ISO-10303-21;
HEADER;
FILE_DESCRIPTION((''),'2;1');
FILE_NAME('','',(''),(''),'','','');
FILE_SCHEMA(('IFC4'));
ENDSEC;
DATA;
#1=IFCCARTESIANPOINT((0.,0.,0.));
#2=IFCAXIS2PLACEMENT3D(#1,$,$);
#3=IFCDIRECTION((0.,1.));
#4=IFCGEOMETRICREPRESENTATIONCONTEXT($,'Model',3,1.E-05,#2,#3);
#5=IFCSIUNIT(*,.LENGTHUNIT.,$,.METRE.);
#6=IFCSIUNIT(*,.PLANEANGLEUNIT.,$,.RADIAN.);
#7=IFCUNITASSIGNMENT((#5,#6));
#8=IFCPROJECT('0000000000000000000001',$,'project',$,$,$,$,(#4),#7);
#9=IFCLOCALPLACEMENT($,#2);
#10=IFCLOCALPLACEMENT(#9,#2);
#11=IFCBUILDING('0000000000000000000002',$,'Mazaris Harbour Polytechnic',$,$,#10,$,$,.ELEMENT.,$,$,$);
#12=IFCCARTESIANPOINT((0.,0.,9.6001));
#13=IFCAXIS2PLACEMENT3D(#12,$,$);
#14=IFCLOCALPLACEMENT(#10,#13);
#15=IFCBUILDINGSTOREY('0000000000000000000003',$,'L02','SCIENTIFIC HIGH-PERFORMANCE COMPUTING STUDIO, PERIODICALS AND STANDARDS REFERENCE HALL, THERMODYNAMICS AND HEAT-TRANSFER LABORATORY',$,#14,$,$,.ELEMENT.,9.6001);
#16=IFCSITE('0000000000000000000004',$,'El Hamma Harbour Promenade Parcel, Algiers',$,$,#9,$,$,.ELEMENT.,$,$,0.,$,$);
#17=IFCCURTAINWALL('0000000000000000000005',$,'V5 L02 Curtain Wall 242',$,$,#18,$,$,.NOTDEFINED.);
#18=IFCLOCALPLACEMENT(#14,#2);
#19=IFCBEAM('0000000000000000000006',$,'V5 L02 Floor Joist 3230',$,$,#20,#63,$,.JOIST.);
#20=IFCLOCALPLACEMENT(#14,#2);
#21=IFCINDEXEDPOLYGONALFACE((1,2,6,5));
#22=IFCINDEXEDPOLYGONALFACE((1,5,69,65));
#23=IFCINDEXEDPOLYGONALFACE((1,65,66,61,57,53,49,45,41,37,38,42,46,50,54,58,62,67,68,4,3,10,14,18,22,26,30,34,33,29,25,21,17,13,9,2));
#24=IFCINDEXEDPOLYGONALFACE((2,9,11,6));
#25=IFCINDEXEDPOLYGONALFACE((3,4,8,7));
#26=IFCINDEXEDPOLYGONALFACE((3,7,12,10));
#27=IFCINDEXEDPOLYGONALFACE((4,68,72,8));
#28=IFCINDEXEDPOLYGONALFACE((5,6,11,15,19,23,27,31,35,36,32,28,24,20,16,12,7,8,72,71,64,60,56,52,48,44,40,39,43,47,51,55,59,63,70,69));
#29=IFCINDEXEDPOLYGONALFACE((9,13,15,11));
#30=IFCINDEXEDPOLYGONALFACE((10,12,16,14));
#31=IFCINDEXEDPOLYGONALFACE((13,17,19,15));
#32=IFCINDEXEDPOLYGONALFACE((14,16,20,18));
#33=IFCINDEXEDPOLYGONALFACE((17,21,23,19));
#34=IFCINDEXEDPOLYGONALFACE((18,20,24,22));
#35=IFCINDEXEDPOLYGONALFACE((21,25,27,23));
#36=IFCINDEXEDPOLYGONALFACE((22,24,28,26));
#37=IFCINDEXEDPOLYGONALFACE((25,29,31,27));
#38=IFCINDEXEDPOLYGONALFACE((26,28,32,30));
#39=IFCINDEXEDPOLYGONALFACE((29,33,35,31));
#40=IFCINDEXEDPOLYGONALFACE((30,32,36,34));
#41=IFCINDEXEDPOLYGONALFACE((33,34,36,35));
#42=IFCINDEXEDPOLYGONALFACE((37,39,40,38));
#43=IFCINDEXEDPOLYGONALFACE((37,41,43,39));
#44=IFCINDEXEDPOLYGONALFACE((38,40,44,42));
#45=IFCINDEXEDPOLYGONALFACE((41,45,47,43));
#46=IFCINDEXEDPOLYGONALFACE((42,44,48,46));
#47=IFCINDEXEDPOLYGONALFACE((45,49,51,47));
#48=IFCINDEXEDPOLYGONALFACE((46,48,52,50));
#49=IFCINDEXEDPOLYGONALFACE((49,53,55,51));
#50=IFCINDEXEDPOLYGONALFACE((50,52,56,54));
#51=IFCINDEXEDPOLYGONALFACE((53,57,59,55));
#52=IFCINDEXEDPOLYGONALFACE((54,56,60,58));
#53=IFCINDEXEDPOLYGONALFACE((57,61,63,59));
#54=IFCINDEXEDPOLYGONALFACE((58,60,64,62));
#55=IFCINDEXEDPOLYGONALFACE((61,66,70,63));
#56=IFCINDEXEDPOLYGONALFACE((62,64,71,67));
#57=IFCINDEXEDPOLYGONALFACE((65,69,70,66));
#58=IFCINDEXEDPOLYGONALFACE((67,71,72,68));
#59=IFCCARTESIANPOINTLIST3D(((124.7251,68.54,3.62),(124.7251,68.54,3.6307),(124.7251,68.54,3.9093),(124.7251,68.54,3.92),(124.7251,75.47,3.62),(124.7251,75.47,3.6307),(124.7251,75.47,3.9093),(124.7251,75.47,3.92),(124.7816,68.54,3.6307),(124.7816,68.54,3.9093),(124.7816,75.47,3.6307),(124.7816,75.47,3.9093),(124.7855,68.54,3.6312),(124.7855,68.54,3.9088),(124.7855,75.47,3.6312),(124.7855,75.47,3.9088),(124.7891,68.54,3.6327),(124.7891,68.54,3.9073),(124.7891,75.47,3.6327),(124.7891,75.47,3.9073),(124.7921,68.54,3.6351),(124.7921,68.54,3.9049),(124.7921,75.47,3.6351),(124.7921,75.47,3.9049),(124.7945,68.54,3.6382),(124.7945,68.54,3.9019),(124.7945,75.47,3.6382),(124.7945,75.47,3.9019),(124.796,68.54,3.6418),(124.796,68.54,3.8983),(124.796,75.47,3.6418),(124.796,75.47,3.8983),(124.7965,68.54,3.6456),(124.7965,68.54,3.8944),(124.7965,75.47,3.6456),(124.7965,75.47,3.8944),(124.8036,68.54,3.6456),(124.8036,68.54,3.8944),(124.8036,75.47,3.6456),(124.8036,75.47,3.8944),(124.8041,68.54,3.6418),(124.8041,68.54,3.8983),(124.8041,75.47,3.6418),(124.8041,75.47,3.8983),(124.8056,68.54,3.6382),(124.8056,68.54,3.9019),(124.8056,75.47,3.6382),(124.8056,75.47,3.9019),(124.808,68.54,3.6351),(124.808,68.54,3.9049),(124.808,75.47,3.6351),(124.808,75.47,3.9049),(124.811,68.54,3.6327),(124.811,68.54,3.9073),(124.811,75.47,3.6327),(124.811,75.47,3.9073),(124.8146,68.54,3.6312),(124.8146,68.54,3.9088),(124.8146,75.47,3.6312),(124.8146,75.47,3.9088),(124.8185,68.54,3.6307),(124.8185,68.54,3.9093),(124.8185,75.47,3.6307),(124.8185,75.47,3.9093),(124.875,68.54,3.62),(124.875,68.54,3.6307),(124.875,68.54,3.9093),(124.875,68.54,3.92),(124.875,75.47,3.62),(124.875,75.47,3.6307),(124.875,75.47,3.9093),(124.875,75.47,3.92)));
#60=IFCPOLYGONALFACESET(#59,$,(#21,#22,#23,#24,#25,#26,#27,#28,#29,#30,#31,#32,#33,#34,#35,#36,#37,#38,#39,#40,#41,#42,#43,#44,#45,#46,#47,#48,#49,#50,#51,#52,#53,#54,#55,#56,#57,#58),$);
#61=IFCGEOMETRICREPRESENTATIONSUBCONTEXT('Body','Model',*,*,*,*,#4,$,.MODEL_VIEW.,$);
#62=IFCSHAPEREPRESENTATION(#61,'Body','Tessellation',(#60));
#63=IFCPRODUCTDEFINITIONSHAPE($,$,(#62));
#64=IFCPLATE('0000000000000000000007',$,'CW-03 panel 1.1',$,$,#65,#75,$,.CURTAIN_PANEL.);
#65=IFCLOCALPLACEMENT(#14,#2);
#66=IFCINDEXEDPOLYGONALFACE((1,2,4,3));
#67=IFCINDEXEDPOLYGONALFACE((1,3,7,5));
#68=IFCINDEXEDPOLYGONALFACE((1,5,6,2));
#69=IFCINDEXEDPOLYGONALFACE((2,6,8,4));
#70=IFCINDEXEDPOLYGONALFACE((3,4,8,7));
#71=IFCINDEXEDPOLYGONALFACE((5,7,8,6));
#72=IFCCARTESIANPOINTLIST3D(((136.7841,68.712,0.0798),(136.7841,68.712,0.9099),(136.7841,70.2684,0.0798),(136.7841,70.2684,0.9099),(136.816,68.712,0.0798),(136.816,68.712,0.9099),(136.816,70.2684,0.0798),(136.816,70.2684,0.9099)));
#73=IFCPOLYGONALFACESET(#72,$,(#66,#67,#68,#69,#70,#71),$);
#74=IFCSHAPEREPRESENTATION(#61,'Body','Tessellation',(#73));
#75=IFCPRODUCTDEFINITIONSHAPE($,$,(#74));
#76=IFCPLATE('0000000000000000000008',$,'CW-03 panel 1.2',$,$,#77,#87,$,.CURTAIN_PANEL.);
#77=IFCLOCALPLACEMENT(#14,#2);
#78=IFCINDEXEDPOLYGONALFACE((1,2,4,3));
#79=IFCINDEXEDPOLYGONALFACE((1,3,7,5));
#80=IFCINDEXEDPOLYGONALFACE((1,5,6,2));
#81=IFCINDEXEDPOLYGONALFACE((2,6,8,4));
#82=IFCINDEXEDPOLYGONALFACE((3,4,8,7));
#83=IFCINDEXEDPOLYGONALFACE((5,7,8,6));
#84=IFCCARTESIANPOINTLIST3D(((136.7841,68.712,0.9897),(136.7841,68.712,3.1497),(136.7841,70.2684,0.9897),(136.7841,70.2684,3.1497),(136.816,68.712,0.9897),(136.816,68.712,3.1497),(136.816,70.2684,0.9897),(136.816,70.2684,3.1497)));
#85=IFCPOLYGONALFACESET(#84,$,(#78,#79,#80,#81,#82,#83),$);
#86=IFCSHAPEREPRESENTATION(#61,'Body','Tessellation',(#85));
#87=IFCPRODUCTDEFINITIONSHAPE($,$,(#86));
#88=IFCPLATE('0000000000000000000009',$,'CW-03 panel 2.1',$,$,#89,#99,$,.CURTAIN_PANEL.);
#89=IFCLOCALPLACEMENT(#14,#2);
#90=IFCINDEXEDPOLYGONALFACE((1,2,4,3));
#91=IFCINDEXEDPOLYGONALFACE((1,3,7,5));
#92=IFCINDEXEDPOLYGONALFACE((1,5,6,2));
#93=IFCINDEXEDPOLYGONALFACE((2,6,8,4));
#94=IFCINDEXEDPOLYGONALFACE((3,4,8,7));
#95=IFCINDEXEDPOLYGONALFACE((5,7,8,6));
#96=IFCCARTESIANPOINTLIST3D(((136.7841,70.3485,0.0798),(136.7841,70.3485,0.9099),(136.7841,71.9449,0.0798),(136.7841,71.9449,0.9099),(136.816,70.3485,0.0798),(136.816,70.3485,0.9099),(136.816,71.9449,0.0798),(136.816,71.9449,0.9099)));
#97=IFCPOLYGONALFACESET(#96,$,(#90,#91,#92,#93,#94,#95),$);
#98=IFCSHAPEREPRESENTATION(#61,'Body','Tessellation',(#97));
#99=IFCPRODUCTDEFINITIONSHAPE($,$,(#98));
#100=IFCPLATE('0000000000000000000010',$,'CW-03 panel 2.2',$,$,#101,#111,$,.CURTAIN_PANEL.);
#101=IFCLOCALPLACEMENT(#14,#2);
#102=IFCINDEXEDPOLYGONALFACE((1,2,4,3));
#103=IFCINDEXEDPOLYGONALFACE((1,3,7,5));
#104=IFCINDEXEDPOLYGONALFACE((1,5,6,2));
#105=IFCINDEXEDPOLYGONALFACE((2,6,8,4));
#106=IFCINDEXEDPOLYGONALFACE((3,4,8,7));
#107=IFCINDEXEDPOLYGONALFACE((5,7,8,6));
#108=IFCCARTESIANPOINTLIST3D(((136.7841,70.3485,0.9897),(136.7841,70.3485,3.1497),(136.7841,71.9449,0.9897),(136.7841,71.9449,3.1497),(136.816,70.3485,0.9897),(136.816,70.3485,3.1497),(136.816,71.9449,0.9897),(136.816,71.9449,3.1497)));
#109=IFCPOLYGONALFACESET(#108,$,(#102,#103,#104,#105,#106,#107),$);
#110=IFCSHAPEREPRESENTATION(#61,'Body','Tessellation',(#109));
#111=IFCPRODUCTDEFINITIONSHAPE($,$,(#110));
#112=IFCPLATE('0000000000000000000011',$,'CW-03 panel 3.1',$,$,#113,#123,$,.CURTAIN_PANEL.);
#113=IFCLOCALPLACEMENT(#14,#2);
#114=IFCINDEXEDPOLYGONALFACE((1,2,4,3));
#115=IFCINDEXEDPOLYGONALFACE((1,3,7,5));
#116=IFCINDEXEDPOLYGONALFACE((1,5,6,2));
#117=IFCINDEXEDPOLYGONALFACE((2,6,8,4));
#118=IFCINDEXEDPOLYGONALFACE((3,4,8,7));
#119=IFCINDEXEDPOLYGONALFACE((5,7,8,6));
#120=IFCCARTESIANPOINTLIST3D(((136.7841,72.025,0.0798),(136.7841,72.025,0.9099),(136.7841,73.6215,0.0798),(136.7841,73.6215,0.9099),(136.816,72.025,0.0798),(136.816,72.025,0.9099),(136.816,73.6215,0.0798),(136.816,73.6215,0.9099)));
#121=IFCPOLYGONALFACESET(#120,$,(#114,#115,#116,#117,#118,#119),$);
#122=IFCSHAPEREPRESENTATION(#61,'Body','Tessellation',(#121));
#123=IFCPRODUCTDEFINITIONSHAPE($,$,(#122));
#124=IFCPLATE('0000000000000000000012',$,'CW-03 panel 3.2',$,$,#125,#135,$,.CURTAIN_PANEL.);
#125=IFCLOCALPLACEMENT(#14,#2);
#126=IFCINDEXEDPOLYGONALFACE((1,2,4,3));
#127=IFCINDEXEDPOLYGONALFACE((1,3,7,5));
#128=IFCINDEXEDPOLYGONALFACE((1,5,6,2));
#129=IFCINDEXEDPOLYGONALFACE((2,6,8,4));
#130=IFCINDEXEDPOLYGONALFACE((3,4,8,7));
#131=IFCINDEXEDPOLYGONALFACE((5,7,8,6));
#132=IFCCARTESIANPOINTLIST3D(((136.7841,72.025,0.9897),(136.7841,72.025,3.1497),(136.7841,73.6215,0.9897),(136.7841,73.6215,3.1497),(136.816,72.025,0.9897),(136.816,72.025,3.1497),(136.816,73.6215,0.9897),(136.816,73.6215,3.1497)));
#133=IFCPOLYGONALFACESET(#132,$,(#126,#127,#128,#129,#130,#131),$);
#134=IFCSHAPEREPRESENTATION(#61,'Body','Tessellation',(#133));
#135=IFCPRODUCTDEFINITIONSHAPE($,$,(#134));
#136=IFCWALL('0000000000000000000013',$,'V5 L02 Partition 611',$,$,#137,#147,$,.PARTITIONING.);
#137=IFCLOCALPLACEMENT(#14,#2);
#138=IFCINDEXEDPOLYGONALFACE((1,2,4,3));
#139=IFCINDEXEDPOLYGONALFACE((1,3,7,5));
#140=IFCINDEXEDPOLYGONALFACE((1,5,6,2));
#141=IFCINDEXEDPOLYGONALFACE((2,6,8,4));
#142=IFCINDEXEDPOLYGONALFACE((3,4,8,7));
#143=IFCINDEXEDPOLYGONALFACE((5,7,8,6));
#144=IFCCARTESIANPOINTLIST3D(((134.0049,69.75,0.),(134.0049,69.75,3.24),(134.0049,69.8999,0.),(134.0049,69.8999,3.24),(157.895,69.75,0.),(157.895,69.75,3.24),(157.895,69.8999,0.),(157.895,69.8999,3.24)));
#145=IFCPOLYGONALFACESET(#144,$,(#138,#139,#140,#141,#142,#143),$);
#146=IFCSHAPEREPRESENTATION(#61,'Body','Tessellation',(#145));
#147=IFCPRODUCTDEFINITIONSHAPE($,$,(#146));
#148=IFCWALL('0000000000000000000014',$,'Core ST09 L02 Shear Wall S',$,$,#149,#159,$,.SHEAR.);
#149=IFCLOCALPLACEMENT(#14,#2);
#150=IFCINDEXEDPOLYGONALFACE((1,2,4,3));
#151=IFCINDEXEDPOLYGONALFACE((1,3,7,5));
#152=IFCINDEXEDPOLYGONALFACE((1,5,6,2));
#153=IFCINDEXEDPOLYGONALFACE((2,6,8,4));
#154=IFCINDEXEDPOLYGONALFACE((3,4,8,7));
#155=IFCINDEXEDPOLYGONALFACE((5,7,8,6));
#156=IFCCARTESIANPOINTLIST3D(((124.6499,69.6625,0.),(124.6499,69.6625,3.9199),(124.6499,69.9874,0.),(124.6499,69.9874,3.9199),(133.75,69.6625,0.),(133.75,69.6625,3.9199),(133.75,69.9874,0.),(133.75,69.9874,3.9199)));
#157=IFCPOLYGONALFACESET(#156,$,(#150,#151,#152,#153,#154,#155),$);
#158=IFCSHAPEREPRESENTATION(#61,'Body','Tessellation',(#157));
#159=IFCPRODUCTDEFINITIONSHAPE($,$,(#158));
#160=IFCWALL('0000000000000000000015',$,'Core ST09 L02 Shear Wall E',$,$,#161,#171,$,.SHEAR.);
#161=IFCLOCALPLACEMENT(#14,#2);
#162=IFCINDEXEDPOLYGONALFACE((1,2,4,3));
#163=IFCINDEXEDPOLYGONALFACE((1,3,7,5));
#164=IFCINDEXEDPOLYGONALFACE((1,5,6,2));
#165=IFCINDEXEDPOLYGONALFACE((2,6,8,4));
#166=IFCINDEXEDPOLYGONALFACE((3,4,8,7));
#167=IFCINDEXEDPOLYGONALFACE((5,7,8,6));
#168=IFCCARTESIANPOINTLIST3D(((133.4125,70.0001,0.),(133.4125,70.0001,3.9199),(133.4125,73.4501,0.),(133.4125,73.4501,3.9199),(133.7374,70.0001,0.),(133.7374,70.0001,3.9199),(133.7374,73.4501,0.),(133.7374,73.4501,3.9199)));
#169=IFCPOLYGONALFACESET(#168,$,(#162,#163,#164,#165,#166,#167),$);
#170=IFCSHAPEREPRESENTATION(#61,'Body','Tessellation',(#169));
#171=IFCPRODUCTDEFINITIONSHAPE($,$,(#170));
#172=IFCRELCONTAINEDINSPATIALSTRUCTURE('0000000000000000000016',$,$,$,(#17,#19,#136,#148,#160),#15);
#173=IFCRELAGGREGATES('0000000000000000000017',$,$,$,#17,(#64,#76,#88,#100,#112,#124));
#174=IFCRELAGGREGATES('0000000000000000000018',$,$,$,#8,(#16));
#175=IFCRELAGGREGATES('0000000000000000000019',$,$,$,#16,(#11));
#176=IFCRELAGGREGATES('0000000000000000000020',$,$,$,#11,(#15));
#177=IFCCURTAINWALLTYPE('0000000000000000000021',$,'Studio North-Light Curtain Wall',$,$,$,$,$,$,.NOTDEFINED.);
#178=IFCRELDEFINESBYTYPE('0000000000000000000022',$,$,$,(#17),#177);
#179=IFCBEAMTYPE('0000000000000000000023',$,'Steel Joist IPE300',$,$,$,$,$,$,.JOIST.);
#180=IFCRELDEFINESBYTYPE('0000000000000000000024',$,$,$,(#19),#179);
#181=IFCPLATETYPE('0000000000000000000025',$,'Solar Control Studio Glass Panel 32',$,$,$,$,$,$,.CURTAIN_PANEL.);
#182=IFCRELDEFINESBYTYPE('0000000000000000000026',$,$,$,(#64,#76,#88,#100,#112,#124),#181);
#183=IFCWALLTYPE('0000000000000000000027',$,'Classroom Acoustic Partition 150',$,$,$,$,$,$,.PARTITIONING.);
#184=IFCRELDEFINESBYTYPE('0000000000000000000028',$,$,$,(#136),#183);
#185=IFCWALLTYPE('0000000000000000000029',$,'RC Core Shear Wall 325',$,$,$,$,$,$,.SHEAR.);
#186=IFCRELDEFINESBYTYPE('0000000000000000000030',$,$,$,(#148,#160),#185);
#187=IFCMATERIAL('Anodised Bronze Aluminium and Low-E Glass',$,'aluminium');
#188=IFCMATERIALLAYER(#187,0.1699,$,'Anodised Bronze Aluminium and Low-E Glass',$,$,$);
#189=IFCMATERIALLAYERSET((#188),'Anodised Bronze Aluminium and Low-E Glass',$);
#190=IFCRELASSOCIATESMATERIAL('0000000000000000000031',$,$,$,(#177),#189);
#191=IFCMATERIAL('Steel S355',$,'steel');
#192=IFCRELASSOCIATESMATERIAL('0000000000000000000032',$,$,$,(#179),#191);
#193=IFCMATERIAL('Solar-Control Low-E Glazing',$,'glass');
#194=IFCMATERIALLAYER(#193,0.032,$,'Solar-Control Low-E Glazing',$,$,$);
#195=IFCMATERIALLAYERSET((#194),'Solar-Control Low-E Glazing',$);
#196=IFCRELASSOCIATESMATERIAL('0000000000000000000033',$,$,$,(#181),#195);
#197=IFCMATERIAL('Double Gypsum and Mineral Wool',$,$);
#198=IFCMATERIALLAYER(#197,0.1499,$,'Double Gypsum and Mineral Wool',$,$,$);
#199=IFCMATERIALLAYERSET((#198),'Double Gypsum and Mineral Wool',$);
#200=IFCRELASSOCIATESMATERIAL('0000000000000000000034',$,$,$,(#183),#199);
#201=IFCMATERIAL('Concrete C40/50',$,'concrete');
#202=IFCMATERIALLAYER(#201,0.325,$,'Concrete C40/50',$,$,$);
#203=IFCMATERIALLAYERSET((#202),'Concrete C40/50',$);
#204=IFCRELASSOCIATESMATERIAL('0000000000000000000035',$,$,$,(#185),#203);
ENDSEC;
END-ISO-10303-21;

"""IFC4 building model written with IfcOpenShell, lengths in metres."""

from ifc_helpers import new_model, si_unit, direction, frame, frame_2d, origin, origin_2d, place, context, subcontext, project, spatial, rectangle, i_section, extrude, material, layer, layer_set, material_profile, profile_set, type_object, element, aggregate, save


model = new_model("IFC4")

# Units and contexts
model_context = context("Model", 3, precision=1e-05, world=origin(), true_north=direction((0.0, 1.0)))
body_context = subcontext(model_context, "Body", "Model", "MODEL_VIEW")
ifc_project = project(units=[si_unit("LENGTHUNIT", "METRE"), si_unit("PLANEANGLEUNIT", "RADIAN")], contexts=[model_context])

# Site, building, storey
site_placement = place(None, origin())
site = spatial("IfcSite", under=ifc_project, at=site_placement, Name="El Hamma Harbour Promenade Parcel, Algiers", CompositionType="ELEMENT", RefElevation=0.0)
building_placement = place(site_placement, origin())
building = spatial("IfcBuilding", under=site, at=building_placement, Name="Mazaris Harbour Polytechnic", CompositionType="ELEMENT")
storey_placement = place(building_placement, frame((0.0, 0.0, 9.6001)))
storey = spatial("IfcBuildingStorey", under=building, at=storey_placement, Name="L02", Description="SCIENTIFIC HIGH-PERFORMANCE COMPUTING STUDIO, PERIODICALS AND STANDARDS REFERENCE HALL, THERMODYNAMICS AND HEAT-TRANSFER LABORATORY", CompositionType="ELEMENT", Elevation=9.6001)

# Curtain wall
ifc_material_1 = material(Name="Anodised Bronze Aluminium and Low-E Glass", Category="aluminium")
ifc_layer_1 = layer(ifc_material_1, 0.1699, Name="Anodised Bronze Aluminium and Low-E Glass")
ifc_layer_set_1 = layer_set([ifc_layer_1], Name="Anodised Bronze Aluminium and Low-E Glass")
curtain_wall_type = type_object("IfcCurtainWallType", Name="Studio North-Light Curtain Wall", PredefinedType="NOTDEFINED", material=ifc_layer_set_1)
curtain_wall_placement = place(storey_placement, origin())
curtain_wall = element("IfcCurtainWall", 1, at=curtain_wall_placement, inside=storey, type_object=curtain_wall_type, Name="V5 L02 Curtain Wall 242", PredefinedType="NOTDEFINED")

# Beam
ifc_material_2 = material(Name="Steel S355", Category="steel")
ifc_material_profile_1 = material_profile(ifc_material_2, i_section(OverallWidth=0.1499, OverallDepth=0.3, WebThickness=0.0071, FlangeThickness=0.0107, FilletRadius=0.0149, at=origin_2d()), Name="IPE 300")
ifc_profile_set_1 = profile_set([ifc_material_profile_1], Name="Steel S355")
beam_type_1 = type_object("IfcBeamType", Name="Steel Joist IPE300", PredefinedType="JOIST", material=ifc_profile_set_1)
beam_1_placement = place(storey_placement, frame((124.8, 68.54, 3.77), z_axis=(0.0, 1.0, 0.0), x_axis=(-1.0, 0.0, 0.0)))
element("IfcBeam", 2, at=beam_1_placement, inside=storey, type_object=beam_type_1, Name="V5 L02 Floor Joist 3230", PredefinedType="JOIST", context=body_context, shape_type="SweptSolid", body=[
    extrude(i_section(OverallWidth=0.1499, OverallDepth=0.3, WebThickness=0.0071, FlangeThickness=0.0107, FilletRadius=0.0149, at=origin_2d()), origin(), (0.0, 0.0, 1.0), 6.9299),
])

# Plates
ifc_material_3 = material(Name="Solar-Control Low-E Glazing", Category="glass")
ifc_layer_2 = layer(ifc_material_3, 0.032, Name="Solar-Control Low-E Glazing")
ifc_layer_set_2 = layer_set([ifc_layer_2], Name="Solar-Control Low-E Glazing")
plate_type = type_object("IfcPlateType", Name="Solar Control Studio Glass Panel 32", PredefinedType="CURTAIN_PANEL", material=ifc_layer_set_2)
plate_1_placement = place(storey_placement, frame((136.8, 69.4902, 0.0798), z_axis=(0.0, 0.0, 1.0), x_axis=(0.0, 1.0, 0.0)))
plate_1 = element("IfcPlate", 3, at=plate_1_placement, type_object=plate_type, Name="CW-03 panel 1.1", PredefinedType="CURTAIN_PANEL", context=body_context, shape_type="SweptSolid", body=[
    extrude(rectangle(XDim=1.5564, YDim=0.032, at=origin_2d()), origin(), (0.0, 0.0, 1.0), 0.8301),
])
plate_2_placement = place(storey_placement, frame((136.8, 69.4902, 0.9897), z_axis=(0.0, 0.0, 1.0), x_axis=(0.0, 1.0, 0.0)))
plate_2 = element("IfcPlate", 4, at=plate_2_placement, type_object=plate_type, Name="CW-03 panel 1.2", PredefinedType="CURTAIN_PANEL", context=body_context, shape_type="SweptSolid", body=[
    extrude(rectangle(XDim=1.5564, YDim=0.032, at=origin_2d()), origin(), (0.0, 0.0, 1.0), 2.1599),
])
plate_3_placement = place(storey_placement, frame((136.8, 71.1467, 0.0798), z_axis=(0.0, 0.0, 1.0), x_axis=(0.0, 1.0, 0.0)))
plate_3 = element("IfcPlate", 5, at=plate_3_placement, type_object=plate_type, Name="CW-03 panel 2.1", PredefinedType="CURTAIN_PANEL", context=body_context, shape_type="SweptSolid", body=[
    extrude(rectangle(XDim=1.5964, YDim=0.032, at=origin_2d()), origin(), (0.0, 0.0, 1.0), 0.8301),
])
plate_4_placement = place(storey_placement, frame((136.8, 71.1467, 0.9897), z_axis=(0.0, 0.0, 1.0), x_axis=(0.0, 1.0, 0.0)))
plate_4 = element("IfcPlate", 6, at=plate_4_placement, type_object=plate_type, Name="CW-03 panel 2.2", PredefinedType="CURTAIN_PANEL", context=body_context, shape_type="SweptSolid", body=[
    extrude(rectangle(XDim=1.5964, YDim=0.032, at=origin_2d()), origin(), (0.0, 0.0, 1.0), 2.1599),
])
plate_5_placement = place(storey_placement, frame((136.8, 72.8232, 0.0798), z_axis=(0.0, 0.0, 1.0), x_axis=(0.0, 1.0, 0.0)))
plate_5 = element("IfcPlate", 7, at=plate_5_placement, type_object=plate_type, Name="CW-03 panel 3.1", PredefinedType="CURTAIN_PANEL", context=body_context, shape_type="SweptSolid", body=[
    extrude(rectangle(XDim=1.5964, YDim=0.032, at=origin_2d()), origin(), (0.0, 0.0, 1.0), 0.8301),
])
plate_6_placement = place(storey_placement, frame((136.8, 72.8232, 0.9897), z_axis=(0.0, 0.0, 1.0), x_axis=(0.0, 1.0, 0.0)))
plate_6 = element("IfcPlate", 8, at=plate_6_placement, type_object=plate_type, Name="CW-03 panel 3.2", PredefinedType="CURTAIN_PANEL", context=body_context, shape_type="SweptSolid", body=[
    extrude(rectangle(XDim=1.5964, YDim=0.032, at=origin_2d()), origin(), (0.0, 0.0, 1.0), 2.1599),
])
aggregate(curtain_wall, [plate_1, plate_2, plate_3, plate_4, plate_5, plate_6])

# Walls
ifc_material_4 = material(Name="Double Gypsum and Mineral Wool")
ifc_layer_3 = layer(ifc_material_4, 0.1499, Name="Double Gypsum and Mineral Wool")
ifc_layer_set_3 = layer_set([ifc_layer_3], Name="Double Gypsum and Mineral Wool")
wall_type_1 = type_object("IfcWallType", Name="Classroom Acoustic Partition 150", PredefinedType="PARTITIONING", material=ifc_layer_set_3)
wall_1_placement = place(storey_placement, frame((134.0049, 69.825, 0.0), z_axis=(0.0, 0.0, 1.0), x_axis=(1.0, 0.0, 0.0)))
element("IfcWall", 9, at=wall_1_placement, inside=storey, type_object=wall_type_1, Name="V5 L02 Partition 611", PredefinedType="PARTITIONING", context=body_context, shape_type="SweptSolid", body=[
    extrude(rectangle(XDim=23.8901, YDim=0.1499, at=frame_2d((11.9451, 0.0))), origin(), (0.0, 0.0, 1.0), 3.24),
])
ifc_material_5 = material(Name="Concrete C40/50", Category="concrete")
ifc_layer_4 = layer(ifc_material_5, 0.325, Name="Concrete C40/50")
ifc_layer_set_4 = layer_set([ifc_layer_4], Name="Concrete C40/50")
wall_type_2 = type_object("IfcWallType", Name="RC Core Shear Wall 325", PredefinedType="SHEAR", material=ifc_layer_set_4)
wall_2_placement = place(storey_placement, frame((124.6499, 69.825, 0.0), z_axis=(0.0, 0.0, 1.0), x_axis=(1.0, 0.0, 0.0)))
element("IfcWall", 10, at=wall_2_placement, inside=storey, type_object=wall_type_2, Name="Core ST09 L02 Shear Wall S", PredefinedType="SHEAR", context=body_context, shape_type="SweptSolid", body=[
    extrude(rectangle(XDim=9.1001, YDim=0.325, at=frame_2d((4.55, 0.0))), origin(), (0.0, 0.0, 1.0), 3.9199),
])
wall_3_placement = place(storey_placement, frame((133.575, 70.0, 0.0), z_axis=(0.0, 0.0, 1.0), x_axis=(0.0, 1.0, 0.0)))
element("IfcWall", 11, at=wall_3_placement, inside=storey, type_object=wall_type_2, Name="Core ST09 L02 Shear Wall E", PredefinedType="SHEAR", context=body_context, shape_type="SweptSolid", body=[
    extrude(rectangle(XDim=3.45, YDim=0.325, at=frame_2d((1.7251, 0.0))), origin(), (0.0, 0.0, 1.0), 3.9199),
])

save(model, "model.ifc")
